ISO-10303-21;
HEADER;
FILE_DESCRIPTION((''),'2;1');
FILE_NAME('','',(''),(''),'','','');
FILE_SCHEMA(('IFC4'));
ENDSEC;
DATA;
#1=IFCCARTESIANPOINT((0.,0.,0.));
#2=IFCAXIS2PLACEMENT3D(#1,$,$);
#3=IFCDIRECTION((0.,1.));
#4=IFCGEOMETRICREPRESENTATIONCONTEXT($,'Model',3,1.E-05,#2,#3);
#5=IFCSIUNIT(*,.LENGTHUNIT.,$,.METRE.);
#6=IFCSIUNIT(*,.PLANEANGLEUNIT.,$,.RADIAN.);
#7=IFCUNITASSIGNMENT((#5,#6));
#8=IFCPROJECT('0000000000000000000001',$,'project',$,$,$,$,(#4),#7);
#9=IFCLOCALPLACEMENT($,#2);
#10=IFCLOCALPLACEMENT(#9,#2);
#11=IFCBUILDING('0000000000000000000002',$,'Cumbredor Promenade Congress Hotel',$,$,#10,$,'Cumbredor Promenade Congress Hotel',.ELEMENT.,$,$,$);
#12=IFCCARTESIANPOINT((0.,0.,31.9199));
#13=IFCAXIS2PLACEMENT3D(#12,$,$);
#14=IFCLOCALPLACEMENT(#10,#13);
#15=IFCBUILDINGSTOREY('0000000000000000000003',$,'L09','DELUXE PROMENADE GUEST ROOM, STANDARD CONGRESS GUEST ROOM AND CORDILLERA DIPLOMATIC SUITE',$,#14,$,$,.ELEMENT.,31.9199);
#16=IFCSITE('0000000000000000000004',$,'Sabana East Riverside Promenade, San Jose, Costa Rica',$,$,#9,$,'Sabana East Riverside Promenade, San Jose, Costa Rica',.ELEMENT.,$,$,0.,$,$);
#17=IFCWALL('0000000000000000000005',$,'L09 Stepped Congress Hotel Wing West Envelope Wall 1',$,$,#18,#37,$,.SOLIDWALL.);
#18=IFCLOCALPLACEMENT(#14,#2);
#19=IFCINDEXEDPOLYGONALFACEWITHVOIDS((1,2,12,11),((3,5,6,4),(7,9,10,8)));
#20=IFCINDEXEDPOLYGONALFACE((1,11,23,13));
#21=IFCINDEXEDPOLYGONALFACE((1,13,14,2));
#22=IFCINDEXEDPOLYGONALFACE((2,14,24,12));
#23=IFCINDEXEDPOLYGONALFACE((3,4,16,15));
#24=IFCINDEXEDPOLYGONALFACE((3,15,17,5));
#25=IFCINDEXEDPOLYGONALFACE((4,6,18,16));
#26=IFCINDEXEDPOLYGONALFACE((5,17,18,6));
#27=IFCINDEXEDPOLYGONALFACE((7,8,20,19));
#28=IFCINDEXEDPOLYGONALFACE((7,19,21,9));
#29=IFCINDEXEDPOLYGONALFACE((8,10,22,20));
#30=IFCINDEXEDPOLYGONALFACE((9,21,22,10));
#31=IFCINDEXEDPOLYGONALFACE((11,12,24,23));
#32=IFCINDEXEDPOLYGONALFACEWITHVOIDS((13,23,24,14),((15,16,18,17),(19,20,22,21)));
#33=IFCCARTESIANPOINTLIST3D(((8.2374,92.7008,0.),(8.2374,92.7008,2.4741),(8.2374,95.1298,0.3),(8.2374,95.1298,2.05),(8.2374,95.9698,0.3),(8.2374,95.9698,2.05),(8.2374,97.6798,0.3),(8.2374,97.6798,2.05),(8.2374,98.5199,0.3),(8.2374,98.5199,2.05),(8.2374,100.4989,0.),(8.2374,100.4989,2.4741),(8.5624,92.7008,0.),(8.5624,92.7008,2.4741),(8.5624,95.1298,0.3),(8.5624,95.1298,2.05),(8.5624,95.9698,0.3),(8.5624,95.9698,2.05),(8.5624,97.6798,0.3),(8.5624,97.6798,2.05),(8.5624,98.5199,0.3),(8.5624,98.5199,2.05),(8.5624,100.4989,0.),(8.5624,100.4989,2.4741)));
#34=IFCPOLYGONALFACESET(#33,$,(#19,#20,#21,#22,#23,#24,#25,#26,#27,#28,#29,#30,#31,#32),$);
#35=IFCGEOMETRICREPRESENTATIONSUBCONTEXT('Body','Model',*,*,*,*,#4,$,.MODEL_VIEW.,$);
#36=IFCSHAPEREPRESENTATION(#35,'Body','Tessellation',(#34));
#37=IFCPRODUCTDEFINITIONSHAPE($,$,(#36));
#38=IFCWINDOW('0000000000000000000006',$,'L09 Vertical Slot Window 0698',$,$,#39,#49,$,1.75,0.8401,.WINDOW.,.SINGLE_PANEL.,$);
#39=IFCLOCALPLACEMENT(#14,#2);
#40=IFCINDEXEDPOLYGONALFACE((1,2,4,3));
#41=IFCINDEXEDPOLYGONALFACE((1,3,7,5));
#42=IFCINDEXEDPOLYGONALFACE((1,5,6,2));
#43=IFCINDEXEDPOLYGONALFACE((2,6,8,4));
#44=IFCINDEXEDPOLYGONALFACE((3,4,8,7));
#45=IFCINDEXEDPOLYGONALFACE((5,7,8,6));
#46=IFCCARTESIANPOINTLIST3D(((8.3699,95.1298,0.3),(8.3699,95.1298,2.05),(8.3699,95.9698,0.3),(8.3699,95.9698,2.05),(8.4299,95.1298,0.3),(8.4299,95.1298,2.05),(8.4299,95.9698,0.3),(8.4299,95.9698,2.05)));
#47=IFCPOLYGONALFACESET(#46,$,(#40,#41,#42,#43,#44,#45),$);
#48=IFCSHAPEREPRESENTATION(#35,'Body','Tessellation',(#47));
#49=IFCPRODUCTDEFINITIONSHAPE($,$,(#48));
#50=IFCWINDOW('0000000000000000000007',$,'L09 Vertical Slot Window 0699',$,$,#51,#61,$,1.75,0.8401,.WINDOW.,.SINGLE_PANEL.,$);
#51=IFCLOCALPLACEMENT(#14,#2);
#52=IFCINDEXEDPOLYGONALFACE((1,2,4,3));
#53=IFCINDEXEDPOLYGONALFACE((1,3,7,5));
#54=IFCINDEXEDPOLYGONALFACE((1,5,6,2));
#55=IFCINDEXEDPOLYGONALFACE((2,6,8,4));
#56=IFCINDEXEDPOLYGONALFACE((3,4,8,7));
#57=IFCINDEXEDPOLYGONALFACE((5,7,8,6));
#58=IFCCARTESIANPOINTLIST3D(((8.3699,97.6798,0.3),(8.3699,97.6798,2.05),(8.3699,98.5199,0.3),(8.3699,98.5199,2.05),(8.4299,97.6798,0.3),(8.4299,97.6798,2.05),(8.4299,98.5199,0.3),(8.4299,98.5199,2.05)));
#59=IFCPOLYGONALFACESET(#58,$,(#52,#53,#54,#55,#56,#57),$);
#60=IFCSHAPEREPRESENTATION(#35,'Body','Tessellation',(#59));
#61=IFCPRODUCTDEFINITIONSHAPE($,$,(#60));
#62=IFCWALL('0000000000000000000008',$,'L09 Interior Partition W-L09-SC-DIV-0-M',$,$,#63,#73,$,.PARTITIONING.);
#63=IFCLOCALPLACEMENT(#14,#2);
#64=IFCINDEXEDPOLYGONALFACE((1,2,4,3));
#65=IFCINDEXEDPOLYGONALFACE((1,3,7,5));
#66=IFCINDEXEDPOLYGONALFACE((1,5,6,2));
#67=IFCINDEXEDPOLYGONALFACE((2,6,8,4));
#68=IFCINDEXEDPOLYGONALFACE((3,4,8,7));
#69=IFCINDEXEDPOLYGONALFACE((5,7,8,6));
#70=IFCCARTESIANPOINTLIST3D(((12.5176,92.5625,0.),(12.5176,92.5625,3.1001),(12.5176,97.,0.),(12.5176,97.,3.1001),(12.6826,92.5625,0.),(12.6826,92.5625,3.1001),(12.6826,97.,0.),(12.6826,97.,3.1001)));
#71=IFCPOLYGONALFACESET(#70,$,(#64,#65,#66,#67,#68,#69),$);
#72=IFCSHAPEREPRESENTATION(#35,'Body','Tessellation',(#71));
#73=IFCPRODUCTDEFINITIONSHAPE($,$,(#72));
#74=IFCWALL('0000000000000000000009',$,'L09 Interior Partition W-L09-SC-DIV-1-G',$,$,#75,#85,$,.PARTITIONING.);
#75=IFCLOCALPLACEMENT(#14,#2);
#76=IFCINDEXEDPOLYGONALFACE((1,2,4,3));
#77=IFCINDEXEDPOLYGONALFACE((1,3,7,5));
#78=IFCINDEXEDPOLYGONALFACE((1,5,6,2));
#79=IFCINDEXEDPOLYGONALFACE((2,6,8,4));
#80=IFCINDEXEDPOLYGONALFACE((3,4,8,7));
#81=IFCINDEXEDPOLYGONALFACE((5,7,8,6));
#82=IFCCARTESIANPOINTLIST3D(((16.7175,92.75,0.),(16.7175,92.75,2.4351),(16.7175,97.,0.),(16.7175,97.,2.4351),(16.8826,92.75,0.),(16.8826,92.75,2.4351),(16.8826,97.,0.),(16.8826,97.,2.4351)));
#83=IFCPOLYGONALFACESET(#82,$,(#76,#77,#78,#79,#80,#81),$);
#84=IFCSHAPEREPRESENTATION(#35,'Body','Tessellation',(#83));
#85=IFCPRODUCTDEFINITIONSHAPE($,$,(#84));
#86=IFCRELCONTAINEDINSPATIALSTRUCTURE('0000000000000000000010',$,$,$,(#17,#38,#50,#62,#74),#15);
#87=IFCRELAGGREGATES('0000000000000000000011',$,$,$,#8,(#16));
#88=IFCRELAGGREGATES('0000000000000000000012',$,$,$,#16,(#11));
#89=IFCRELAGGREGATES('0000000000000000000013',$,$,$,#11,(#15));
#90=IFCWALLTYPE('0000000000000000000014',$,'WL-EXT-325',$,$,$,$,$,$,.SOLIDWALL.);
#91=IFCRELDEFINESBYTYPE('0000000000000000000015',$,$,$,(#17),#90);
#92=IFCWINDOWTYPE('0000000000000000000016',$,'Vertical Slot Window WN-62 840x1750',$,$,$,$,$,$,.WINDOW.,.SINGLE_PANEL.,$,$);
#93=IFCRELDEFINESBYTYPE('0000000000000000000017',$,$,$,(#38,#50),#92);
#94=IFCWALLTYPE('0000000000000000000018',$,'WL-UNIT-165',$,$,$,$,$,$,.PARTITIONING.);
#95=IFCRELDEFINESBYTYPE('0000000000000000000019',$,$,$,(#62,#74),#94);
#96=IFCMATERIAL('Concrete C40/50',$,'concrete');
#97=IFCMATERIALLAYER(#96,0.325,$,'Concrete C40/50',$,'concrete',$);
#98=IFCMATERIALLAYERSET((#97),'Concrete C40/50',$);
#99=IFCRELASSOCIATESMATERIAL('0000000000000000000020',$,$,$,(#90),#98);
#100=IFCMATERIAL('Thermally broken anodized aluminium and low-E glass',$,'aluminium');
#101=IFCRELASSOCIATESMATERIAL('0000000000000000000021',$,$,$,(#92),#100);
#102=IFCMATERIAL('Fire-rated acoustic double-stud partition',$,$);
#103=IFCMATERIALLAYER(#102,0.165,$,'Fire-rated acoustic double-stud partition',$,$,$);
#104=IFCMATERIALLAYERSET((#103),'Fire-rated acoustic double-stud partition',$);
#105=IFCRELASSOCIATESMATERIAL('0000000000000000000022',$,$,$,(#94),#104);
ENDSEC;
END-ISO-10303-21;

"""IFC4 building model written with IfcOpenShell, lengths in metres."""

from ifc_helpers import new_model, si_unit, direction, frame, frame_2d, origin, place, context, subcontext, project, spatial, rectangle, extrude, material, layer, layer_set, type_object, element, fill, save


model = new_model("IFC4")

# Units and contexts
model_context = context("Model", 3, precision=1e-05, world=origin(), true_north=direction((0.0, 1.0)))
body_context = subcontext(model_context, "Body", "Model", "MODEL_VIEW")
ifc_project = project(units=[si_unit("LENGTHUNIT", "METRE"), si_unit("PLANEANGLEUNIT", "RADIAN")], contexts=[model_context])

# Site, building, storey
site_placement = place(None, origin())
site = spatial("IfcSite", under=ifc_project, at=site_placement, Name="Sabana East Riverside Promenade, San Jose, Costa Rica", LongName="Sabana East Riverside Promenade, San Jose, Costa Rica", CompositionType="ELEMENT", RefElevation=0.0)
building_placement = place(site_placement, origin())
building = spatial("IfcBuilding", under=site, at=building_placement, Name="Cumbredor Promenade Congress Hotel", LongName="Cumbredor Promenade Congress Hotel", CompositionType="ELEMENT")
storey_placement = place(building_placement, frame((0.0, 0.0, 31.9199)))
storey = spatial("IfcBuildingStorey", under=building, at=storey_placement, Name="L09", Description="DELUXE PROMENADE GUEST ROOM, STANDARD CONGRESS GUEST ROOM AND CORDILLERA DIPLOMATIC SUITE", CompositionType="ELEMENT", Elevation=31.9199)

# Shared definitions
ifc_material_1 = material(Name="Concrete C40/50", Category="concrete")

# Wall, openings, windows
ifc_layer_1 = layer(ifc_material_1, 0.325, Name="Concrete C40/50", Category="concrete")
ifc_layer_set_1 = layer_set([ifc_layer_1], Name="Concrete C40/50")
wall_type_1 = type_object("IfcWallType", Name="WL-EXT-325", PredefinedType="SOLIDWALL", material=ifc_layer_set_1)
ifc_material_2 = material(Name="Thermally broken anodized aluminium and low-E glass", Category="aluminium")
wall_1_placement = place(storey_placement, frame((8.3999, 92.7009, 0.0), z_axis=(0.0, 0.0, 1.0), x_axis=(0.0, 1.0, 0.0)))
wall_1 = element("IfcWall", 1, at=wall_1_placement, inside=storey, type_object=wall_type_1, Name="L09 Stepped Congress Hotel Wing West Envelope Wall 1", PredefinedType="SOLIDWALL", context=body_context, shape_type="SweptSolid", body=[
    extrude(rectangle(XDim=7.7981, YDim=0.325, at=frame_2d((3.8989, 0.0))), origin(), (0.0, 0.0, 1.0), 2.4741),
])
opening_1_placement = place(wall_1_placement, frame((2.429, 0.0, 0.3)))
opening_1 = element("IfcOpeningElement", 2, at=opening_1_placement, cuts=wall_1, PredefinedType="OPENING", context=body_context, shape_type="SweptSolid", body=[
    extrude(rectangle(XDim=0.8401, YDim=1.75, at=frame_2d((0.4199, 0.875))), frame((0.0, 0.1724, 0.0), z_axis=(0.0, -1.0, 0.0), x_axis=(1.0, 0.0, 0.0)), (0.0, 0.0, 1.0), 0.345),
])
opening_2_placement = place(wall_1_placement, frame((4.979, 0.0, 0.3)))
opening_2 = element("IfcOpeningElement", 3, at=opening_2_placement, cuts=wall_1, PredefinedType="OPENING", context=body_context, shape_type="SweptSolid", body=[
    extrude(rectangle(XDim=0.8401, YDim=1.75, at=frame_2d((0.4199, 0.875))), frame((0.0, 0.1724, 0.0), z_axis=(0.0, -1.0, 0.0), x_axis=(1.0, 0.0, 0.0)), (0.0, 0.0, 1.0), 0.345),
])
window_type_1 = type_object("IfcWindowType", Name="Vertical Slot Window WN-62 840x1750", PartitioningType="SINGLE_PANEL", PredefinedType="WINDOW", material=ifc_material_2)
window_1_placement = place(opening_1_placement, origin())
window_1 = element("IfcWindow", 4, at=window_1_placement, inside=storey, type_object=window_type_1, Name="L09 Vertical Slot Window 0698", OverallHeight=1.75, OverallWidth=0.8401, PartitioningType="SINGLE_PANEL", PredefinedType="WINDOW", context=body_context, shape_type="SweptSolid", body=[
    extrude(rectangle(XDim=0.8401, YDim=1.75, at=frame_2d((0.4199, 0.875))), frame((0.0, 0.03, 0.0), z_axis=(0.0, -1.0, 0.0), x_axis=(1.0, 0.0, 0.0)), (0.0, 0.0, 1.0), 0.0601),
])
fill(opening_1, window_1)
window_2_placement = place(opening_2_placement, origin())
window_2 = element("IfcWindow", 5, at=window_2_placement, inside=storey, type_object=window_type_1, Name="L09 Vertical Slot Window 0699", OverallHeight=1.75, OverallWidth=0.8401, PartitioningType="SINGLE_PANEL", PredefinedType="WINDOW", context=body_context, shape_type="SweptSolid", body=[
    extrude(rectangle(XDim=0.8401, YDim=1.75, at=frame_2d((0.4199, 0.875))), frame((0.0, 0.03, 0.0), z_axis=(0.0, -1.0, 0.0), x_axis=(1.0, 0.0, 0.0)), (0.0, 0.0, 1.0), 0.0601),
])
fill(opening_2, window_2)

# Walls
ifc_material_3 = material(Name="Fire-rated acoustic double-stud partition")
ifc_layer_2 = layer(ifc_material_3, 0.165, Name="Fire-rated acoustic double-stud partition")
ifc_layer_set_2 = layer_set([ifc_layer_2], Name="Fire-rated acoustic double-stud partition")
wall_type_2 = type_object("IfcWallType", Name="WL-UNIT-165", PredefinedType="PARTITIONING", material=ifc_layer_set_2)
wall_2_placement = place(storey_placement, frame((12.6001, 92.5625, 0.0), z_axis=(0.0, 0.0, 1.0), x_axis=(0.0, 1.0, 0.0)))
element("IfcWall", 6, at=wall_2_placement, inside=storey, type_object=wall_type_2, Name="L09 Interior Partition W-L09-SC-DIV-0-M", PredefinedType="PARTITIONING", context=body_context, shape_type="SweptSolid", body=[
    extrude(rectangle(XDim=4.4375, YDim=0.165, at=frame_2d((2.2188, 0.0))), origin(), (0.0, 0.0, 1.0), 3.1001),
])
wall_3_placement = place(storey_placement, frame((16.8, 92.75, 0.0), z_axis=(0.0, 0.0, 1.0), x_axis=(0.0, 1.0, 0.0)))
element("IfcWall", 7, at=wall_3_placement, inside=storey, type_object=wall_type_2, Name="L09 Interior Partition W-L09-SC-DIV-1-G", PredefinedType="PARTITIONING", context=body_context, shape_type="SweptSolid", body=[
    extrude(rectangle(XDim=4.25, YDim=0.165, at=frame_2d((2.125, 0.0))), origin(), (0.0, 0.0, 1.0), 2.4351),
])

save(model, "model.ifc")
